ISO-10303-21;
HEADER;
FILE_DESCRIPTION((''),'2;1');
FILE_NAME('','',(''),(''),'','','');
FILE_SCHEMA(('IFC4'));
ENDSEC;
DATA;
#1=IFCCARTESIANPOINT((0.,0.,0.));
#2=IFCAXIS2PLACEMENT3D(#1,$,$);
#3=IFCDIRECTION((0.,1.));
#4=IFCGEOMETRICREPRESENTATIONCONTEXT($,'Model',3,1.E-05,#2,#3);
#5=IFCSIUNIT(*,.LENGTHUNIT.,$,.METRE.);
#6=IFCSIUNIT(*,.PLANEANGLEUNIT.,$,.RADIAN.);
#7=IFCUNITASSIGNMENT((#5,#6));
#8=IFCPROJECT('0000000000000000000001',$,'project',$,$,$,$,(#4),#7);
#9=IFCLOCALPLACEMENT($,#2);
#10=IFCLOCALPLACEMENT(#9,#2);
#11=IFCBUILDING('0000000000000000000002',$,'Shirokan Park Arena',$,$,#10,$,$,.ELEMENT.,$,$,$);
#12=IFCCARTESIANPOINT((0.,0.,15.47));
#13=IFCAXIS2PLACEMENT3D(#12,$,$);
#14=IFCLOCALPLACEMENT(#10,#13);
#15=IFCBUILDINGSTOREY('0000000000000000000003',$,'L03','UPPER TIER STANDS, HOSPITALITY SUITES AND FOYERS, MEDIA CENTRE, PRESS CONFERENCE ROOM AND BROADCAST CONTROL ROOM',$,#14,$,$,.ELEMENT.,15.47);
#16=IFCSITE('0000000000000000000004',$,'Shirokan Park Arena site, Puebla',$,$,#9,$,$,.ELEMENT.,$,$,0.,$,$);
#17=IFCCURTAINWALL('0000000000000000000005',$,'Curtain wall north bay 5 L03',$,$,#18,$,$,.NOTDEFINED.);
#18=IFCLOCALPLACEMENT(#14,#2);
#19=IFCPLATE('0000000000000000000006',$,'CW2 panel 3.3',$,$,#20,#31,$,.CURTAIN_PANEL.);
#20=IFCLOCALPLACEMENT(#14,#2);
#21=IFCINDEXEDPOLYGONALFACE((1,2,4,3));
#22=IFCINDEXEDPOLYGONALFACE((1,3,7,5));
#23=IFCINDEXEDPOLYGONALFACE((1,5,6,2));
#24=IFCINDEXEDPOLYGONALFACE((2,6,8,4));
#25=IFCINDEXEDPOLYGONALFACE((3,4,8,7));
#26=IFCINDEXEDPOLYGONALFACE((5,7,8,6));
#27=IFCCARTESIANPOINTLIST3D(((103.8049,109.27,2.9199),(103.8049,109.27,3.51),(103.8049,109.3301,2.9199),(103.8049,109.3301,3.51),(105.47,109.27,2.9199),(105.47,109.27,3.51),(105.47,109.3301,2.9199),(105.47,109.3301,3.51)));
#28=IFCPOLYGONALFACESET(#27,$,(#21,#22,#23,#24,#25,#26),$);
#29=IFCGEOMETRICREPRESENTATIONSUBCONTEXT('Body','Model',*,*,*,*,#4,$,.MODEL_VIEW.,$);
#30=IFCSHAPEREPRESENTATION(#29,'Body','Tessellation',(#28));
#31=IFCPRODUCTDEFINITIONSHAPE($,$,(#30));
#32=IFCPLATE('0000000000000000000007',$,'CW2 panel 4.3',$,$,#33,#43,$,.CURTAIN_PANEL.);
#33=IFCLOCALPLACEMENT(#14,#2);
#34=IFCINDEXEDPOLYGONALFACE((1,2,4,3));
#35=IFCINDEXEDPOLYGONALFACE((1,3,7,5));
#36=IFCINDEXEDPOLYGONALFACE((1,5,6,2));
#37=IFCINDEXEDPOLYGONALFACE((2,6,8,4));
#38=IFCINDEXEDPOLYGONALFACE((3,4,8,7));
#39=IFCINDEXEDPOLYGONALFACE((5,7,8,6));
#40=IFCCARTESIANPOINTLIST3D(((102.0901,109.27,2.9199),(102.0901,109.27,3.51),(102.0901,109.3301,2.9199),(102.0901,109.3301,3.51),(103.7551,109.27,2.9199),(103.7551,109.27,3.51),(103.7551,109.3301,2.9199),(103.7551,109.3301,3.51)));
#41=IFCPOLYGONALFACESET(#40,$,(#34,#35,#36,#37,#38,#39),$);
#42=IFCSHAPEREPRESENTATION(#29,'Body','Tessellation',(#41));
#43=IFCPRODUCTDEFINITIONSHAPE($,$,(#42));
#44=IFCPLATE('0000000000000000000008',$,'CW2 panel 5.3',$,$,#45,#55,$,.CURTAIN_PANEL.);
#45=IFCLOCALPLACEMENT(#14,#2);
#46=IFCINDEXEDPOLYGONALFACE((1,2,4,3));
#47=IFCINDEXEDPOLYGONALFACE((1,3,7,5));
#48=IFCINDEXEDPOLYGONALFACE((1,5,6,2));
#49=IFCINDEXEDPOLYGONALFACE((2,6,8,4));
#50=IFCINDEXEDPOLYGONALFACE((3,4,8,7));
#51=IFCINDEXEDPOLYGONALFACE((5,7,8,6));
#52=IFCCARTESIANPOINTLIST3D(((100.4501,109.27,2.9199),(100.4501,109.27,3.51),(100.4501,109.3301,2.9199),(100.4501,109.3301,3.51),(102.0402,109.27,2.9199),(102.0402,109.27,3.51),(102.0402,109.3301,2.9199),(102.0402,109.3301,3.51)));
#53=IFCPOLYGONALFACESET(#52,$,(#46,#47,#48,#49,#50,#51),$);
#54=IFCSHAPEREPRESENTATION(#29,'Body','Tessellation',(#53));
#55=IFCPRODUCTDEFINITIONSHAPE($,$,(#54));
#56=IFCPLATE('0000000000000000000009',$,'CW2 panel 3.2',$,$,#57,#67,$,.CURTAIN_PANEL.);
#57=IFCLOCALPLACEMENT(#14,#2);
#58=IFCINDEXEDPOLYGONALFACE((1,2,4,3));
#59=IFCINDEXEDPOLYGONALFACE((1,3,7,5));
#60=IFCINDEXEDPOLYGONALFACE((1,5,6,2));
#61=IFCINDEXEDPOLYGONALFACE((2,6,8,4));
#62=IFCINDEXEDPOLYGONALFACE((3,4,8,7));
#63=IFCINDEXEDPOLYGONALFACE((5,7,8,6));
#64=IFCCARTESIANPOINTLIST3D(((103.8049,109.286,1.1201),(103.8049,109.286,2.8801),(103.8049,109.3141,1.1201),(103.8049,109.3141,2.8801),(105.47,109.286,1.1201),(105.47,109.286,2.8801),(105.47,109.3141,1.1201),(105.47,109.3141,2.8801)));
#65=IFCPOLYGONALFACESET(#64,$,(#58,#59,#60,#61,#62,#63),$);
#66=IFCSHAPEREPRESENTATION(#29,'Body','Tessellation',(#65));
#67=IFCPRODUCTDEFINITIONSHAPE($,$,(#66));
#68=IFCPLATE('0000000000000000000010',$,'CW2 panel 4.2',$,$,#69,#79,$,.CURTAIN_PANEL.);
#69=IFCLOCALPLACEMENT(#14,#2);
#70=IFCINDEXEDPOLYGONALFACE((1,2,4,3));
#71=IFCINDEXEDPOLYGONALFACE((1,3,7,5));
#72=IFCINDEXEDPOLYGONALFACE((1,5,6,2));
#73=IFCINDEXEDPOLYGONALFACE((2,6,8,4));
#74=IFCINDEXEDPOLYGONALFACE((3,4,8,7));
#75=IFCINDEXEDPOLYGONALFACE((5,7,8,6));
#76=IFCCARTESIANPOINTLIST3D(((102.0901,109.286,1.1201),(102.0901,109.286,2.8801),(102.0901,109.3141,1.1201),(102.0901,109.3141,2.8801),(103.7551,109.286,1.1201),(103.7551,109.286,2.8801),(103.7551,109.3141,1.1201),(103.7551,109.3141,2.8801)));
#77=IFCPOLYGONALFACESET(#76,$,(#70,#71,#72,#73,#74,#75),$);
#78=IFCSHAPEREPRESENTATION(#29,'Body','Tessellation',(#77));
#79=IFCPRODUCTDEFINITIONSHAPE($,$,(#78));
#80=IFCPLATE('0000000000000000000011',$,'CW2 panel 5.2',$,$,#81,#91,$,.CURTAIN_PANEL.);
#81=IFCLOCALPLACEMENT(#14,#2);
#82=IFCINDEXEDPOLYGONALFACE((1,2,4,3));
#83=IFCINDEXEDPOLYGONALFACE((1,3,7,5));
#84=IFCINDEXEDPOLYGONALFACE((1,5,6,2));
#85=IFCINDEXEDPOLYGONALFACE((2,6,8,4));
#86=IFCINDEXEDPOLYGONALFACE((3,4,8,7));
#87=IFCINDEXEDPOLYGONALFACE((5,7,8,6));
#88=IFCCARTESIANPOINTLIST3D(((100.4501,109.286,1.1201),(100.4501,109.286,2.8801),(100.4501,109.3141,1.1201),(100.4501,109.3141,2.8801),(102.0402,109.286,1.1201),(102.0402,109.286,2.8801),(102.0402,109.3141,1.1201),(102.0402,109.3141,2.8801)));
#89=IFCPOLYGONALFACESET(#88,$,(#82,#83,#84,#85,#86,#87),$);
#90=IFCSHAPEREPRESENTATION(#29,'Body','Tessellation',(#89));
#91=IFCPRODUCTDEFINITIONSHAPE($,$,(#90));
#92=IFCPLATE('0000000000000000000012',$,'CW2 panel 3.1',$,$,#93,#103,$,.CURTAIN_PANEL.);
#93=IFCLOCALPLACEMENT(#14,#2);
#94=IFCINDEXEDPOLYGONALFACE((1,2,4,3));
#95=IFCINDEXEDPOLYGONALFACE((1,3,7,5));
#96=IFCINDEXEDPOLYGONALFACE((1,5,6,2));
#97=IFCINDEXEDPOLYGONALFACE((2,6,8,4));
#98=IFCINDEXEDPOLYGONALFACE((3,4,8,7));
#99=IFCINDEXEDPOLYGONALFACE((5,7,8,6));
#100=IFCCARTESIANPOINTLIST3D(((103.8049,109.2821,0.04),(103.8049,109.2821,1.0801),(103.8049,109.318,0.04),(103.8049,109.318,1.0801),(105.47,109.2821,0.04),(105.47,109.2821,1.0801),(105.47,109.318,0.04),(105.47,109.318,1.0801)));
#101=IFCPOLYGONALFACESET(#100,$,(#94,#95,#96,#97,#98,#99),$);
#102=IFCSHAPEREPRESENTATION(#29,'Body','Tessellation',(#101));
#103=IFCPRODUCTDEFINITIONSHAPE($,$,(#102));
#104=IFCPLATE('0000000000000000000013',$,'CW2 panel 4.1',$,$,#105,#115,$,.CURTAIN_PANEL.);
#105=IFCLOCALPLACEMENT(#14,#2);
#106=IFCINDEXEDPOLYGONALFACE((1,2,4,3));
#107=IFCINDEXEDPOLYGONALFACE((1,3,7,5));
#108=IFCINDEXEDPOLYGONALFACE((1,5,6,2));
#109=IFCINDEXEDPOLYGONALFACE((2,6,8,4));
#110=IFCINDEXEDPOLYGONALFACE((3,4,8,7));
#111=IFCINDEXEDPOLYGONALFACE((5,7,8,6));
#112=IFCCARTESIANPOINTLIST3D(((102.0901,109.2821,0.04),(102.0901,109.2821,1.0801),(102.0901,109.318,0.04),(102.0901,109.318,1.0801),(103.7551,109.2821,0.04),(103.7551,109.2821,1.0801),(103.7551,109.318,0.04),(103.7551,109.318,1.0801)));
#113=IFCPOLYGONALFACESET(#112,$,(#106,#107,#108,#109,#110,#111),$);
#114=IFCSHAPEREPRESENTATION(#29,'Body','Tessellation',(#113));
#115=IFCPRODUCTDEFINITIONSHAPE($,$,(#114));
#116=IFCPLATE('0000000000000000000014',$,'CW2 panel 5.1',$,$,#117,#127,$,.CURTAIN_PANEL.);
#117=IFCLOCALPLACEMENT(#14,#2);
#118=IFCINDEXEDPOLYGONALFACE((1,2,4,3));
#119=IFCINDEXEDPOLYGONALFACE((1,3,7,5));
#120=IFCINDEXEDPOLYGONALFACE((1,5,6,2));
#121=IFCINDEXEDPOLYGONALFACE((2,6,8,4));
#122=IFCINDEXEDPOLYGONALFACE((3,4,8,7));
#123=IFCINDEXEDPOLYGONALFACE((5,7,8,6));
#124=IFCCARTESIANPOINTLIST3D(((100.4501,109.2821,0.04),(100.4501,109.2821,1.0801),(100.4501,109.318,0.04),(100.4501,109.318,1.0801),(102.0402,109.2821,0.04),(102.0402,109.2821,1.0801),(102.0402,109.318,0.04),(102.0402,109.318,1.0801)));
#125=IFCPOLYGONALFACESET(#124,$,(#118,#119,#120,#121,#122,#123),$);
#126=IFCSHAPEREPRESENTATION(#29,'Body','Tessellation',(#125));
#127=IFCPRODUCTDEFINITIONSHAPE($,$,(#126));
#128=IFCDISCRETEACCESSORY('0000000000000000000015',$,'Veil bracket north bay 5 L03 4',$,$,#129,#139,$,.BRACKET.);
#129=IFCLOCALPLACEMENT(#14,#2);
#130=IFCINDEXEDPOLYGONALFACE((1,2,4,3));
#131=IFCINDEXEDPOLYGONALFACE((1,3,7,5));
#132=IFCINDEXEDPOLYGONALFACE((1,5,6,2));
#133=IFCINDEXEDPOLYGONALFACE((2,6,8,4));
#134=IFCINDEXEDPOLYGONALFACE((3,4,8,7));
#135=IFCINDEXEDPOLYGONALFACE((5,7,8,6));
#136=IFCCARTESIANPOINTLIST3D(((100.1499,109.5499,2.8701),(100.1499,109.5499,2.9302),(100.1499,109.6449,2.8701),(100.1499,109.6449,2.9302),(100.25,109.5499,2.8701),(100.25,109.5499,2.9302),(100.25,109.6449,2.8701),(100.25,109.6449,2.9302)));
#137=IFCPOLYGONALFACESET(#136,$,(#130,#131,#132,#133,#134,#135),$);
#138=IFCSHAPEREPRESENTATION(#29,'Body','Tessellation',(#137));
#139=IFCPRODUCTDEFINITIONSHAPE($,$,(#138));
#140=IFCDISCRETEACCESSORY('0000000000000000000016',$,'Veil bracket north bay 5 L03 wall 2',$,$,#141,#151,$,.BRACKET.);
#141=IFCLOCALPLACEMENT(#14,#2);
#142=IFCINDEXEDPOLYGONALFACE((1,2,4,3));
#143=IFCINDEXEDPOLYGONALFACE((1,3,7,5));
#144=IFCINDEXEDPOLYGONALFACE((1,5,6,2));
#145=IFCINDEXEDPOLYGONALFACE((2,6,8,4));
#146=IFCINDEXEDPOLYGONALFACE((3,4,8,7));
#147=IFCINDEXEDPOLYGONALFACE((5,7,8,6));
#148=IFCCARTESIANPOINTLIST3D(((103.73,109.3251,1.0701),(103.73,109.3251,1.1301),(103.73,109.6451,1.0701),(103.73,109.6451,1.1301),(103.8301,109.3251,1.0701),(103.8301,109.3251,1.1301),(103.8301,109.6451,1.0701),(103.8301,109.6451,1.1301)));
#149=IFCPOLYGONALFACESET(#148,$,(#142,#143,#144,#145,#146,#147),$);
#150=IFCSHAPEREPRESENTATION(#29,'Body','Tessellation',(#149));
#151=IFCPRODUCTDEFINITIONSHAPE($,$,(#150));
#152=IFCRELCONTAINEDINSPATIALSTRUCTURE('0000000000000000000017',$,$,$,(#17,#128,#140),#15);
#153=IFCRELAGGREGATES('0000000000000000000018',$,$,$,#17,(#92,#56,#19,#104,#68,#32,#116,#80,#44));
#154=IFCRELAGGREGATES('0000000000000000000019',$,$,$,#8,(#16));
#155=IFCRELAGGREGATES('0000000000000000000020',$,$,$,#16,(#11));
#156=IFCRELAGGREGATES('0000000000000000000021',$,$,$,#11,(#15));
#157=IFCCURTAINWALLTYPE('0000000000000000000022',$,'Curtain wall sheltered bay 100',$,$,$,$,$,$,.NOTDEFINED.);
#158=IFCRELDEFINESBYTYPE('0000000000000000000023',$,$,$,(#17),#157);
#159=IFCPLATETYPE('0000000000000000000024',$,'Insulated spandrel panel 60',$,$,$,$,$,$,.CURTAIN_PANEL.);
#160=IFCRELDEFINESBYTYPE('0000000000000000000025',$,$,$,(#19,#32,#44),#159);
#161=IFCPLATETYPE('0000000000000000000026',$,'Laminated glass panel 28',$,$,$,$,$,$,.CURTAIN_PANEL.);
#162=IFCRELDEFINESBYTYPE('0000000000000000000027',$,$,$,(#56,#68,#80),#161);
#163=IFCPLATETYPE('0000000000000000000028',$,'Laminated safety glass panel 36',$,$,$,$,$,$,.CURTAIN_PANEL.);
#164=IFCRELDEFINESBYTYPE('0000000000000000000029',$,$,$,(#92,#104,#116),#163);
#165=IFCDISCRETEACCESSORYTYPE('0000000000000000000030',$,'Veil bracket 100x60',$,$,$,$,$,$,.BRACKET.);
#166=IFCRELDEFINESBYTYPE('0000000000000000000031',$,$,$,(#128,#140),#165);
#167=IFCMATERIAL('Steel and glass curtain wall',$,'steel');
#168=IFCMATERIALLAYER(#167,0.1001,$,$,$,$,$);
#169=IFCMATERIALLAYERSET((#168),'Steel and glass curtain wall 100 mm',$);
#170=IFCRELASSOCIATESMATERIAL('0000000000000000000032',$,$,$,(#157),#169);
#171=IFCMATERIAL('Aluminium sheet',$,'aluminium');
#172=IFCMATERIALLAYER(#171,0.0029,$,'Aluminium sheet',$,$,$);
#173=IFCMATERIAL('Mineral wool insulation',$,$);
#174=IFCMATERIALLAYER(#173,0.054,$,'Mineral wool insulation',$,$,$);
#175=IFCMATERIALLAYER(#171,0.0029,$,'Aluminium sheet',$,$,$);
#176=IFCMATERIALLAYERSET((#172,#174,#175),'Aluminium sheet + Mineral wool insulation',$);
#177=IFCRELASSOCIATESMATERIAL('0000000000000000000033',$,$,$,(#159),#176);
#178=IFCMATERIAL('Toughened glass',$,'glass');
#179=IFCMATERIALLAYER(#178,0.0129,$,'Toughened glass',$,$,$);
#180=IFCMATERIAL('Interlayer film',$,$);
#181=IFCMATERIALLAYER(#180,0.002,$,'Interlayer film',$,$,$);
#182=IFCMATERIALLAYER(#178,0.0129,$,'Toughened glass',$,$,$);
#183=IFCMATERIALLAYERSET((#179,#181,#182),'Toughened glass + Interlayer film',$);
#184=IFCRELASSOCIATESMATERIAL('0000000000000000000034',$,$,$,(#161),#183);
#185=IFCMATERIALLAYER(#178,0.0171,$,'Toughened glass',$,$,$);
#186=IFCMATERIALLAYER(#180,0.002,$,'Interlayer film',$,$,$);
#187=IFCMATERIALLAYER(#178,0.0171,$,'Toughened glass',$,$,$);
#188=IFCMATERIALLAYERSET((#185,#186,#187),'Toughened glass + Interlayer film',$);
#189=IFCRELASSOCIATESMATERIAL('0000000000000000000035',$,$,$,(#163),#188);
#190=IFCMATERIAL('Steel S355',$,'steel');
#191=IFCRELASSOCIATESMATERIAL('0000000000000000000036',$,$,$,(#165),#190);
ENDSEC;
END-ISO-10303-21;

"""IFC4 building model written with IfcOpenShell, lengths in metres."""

from ifc_helpers import new_model, si_unit, direction, frame, origin, origin_2d, place, context, subcontext, project, spatial, rectangle, extrude, material, layer, layer_set, type_object, element, aggregate, save


model = new_model("IFC4")

# Units and contexts
model_context = context("Model", 3, precision=1e-05, world=origin(), true_north=direction((0.0, 1.0)))
body_context = subcontext(model_context, "Body", "Model", "MODEL_VIEW")
ifc_project = project(units=[si_unit("LENGTHUNIT", "METRE"), si_unit("PLANEANGLEUNIT", "RADIAN")], contexts=[model_context])

# Site, building, storey
site_placement = place(None, origin())
site = spatial("IfcSite", under=ifc_project, at=site_placement, Name="Shirokan Park Arena site, Puebla", CompositionType="ELEMENT", RefElevation=0.0)
building_placement = place(site_placement, origin())
building = spatial("IfcBuilding", under=site, at=building_placement, Name="Shirokan Park Arena", CompositionType="ELEMENT")
storey_placement = place(building_placement, frame((0.0, 0.0, 15.47)))
storey = spatial("IfcBuildingStorey", under=building, at=storey_placement, Name="L03", Description="UPPER TIER STANDS, HOSPITALITY SUITES AND FOYERS, MEDIA CENTRE, PRESS CONFERENCE ROOM AND BROADCAST CONTROL ROOM", CompositionType="ELEMENT", Elevation=15.47)

# Curtain wall, plates
ifc_material_1 = material(Name="Steel and glass curtain wall", Category="steel")
ifc_layer_1 = layer(ifc_material_1, 0.1001)
ifc_layer_set_1 = layer_set([ifc_layer_1], Name="Steel and glass curtain wall 100 mm")
curtain_wall_type = type_object("IfcCurtainWallType", Name="Curtain wall sheltered bay 100", PredefinedType="NOTDEFINED", material=ifc_layer_set_1)
curtain_wall_placement = place(storey_placement, origin())
curtain_wall = element("IfcCurtainWall", 1, at=curtain_wall_placement, inside=storey, type_object=curtain_wall_type, Name="Curtain wall north bay 5 L03", PredefinedType="NOTDEFINED")
ifc_material_2 = material(Name="Steel S355", Category="steel")
ifc_material_3 = material(Name="Aluminium sheet", Category="aluminium")
ifc_layer_2 = layer(ifc_material_3, 0.0029, Name="Aluminium sheet")
ifc_material_4 = material(Name="Mineral wool insulation")
ifc_layer_3 = layer(ifc_material_4, 0.054, Name="Mineral wool insulation")
ifc_layer_4 = layer(ifc_material_3, 0.0029, Name="Aluminium sheet")
ifc_layer_set_2 = layer_set([ifc_layer_2, ifc_layer_3, ifc_layer_4], Name="Aluminium sheet + Mineral wool insulation")
plate_type_1 = type_object("IfcPlateType", Name="Insulated spandrel panel 60", PredefinedType="CURTAIN_PANEL", material=ifc_layer_set_2)
plate_1_placement = place(storey_placement, frame((104.6375, 109.3, 2.9199), z_axis=(0.0, 0.0, 1.0), x_axis=(-1.0, 0.0, 0.0)))
plate_1 = element("IfcPlate", 2, at=plate_1_placement, type_object=plate_type_1, Name="CW2 panel 3.3", PredefinedType="CURTAIN_PANEL", context=body_context, shape_type="SweptSolid", body=[
    extrude(rectangle(XDim=1.665, YDim=0.0601, at=origin_2d()), origin(), (0.0, 0.0, 1.0), 0.5901),
])
plate_2_placement = place(storey_placement, frame((102.9226, 109.3, 2.9199), z_axis=(0.0, 0.0, 1.0), x_axis=(-1.0, 0.0, 0.0)))
plate_2 = element("IfcPlate", 3, at=plate_2_placement, type_object=plate_type_1, Name="CW2 panel 4.3", PredefinedType="CURTAIN_PANEL", context=body_context, shape_type="SweptSolid", body=[
    extrude(rectangle(XDim=1.665, YDim=0.0601, at=origin_2d()), origin(), (0.0, 0.0, 1.0), 0.5901),
])
plate_3_placement = place(storey_placement, frame((101.2451, 109.3, 2.9199), z_axis=(0.0, 0.0, 1.0), x_axis=(-1.0, 0.0, 0.0)))
plate_3 = element("IfcPlate", 4, at=plate_3_placement, type_object=plate_type_1, Name="CW2 panel 5.3", PredefinedType="CURTAIN_PANEL", context=body_context, shape_type="SweptSolid", body=[
    extrude(rectangle(XDim=1.5901, YDim=0.0601, at=origin_2d()), origin(), (0.0, 0.0, 1.0), 0.5901),
])
ifc_material_5 = material(Name="Toughened glass", Category="glass")
ifc_layer_5 = layer(ifc_material_5, 0.0129, Name="Toughened glass")
ifc_material_6 = material(Name="Interlayer film")
ifc_layer_6 = layer(ifc_material_6, 0.002, Name="Interlayer film")
ifc_layer_7 = layer(ifc_material_5, 0.0129, Name="Toughened glass")
ifc_layer_set_3 = layer_set([ifc_layer_5, ifc_layer_6, ifc_layer_7], Name="Toughened glass + Interlayer film")
plate_type_2 = type_object("IfcPlateType", Name="Laminated glass panel 28", PredefinedType="CURTAIN_PANEL", material=ifc_layer_set_3)
plate_4_placement = place(storey_placement, frame((104.6375, 109.3, 1.1201), z_axis=(0.0, 0.0, 1.0), x_axis=(-1.0, 0.0, 0.0)))
plate_4 = element("IfcPlate", 5, at=plate_4_placement, type_object=plate_type_2, Name="CW2 panel 3.2", PredefinedType="CURTAIN_PANEL", context=body_context, shape_type="SweptSolid", body=[
    extrude(rectangle(XDim=1.665, YDim=0.0281, at=origin_2d()), origin(), (0.0, 0.0, 1.0), 1.76),
])
plate_5_placement = place(storey_placement, frame((102.9226, 109.3, 1.1201), z_axis=(0.0, 0.0, 1.0), x_axis=(-1.0, 0.0, 0.0)))
plate_5 = element("IfcPlate", 6, at=plate_5_placement, type_object=plate_type_2, Name="CW2 panel 4.2", PredefinedType="CURTAIN_PANEL", context=body_context, shape_type="SweptSolid", body=[
    extrude(rectangle(XDim=1.665, YDim=0.0281, at=origin_2d()), origin(), (0.0, 0.0, 1.0), 1.76),
])
plate_6_placement = place(storey_placement, frame((101.2451, 109.3, 1.1201), z_axis=(0.0, 0.0, 1.0), x_axis=(-1.0, 0.0, 0.0)))
plate_6 = element("IfcPlate", 7, at=plate_6_placement, type_object=plate_type_2, Name="CW2 panel 5.2", PredefinedType="CURTAIN_PANEL", context=body_context, shape_type="SweptSolid", body=[
    extrude(rectangle(XDim=1.5901, YDim=0.0281, at=origin_2d()), origin(), (0.0, 0.0, 1.0), 1.76),
])
ifc_layer_8 = layer(ifc_material_5, 0.0171, Name="Toughened glass")
ifc_layer_9 = layer(ifc_material_6, 0.002, Name="Interlayer film")
ifc_layer_10 = layer(ifc_material_5, 0.0171, Name="Toughened glass")
ifc_layer_set_4 = layer_set([ifc_layer_8, ifc_layer_9, ifc_layer_10], Name="Toughened glass + Interlayer film")
plate_type_3 = type_object("IfcPlateType", Name="Laminated safety glass panel 36", PredefinedType="CURTAIN_PANEL", material=ifc_layer_set_4)
plate_7_placement = place(storey_placement, frame((104.6375, 109.3, 0.04), z_axis=(0.0, 0.0, 1.0), x_axis=(-1.0, 0.0, 0.0)))
plate_7 = element("IfcPlate", 8, at=plate_7_placement, type_object=plate_type_3, Name="CW2 panel 3.1", PredefinedType="CURTAIN_PANEL", context=body_context, shape_type="SweptSolid", body=[
    extrude(rectangle(XDim=1.665, YDim=0.0359, at=origin_2d()), origin(), (0.0, 0.0, 1.0), 1.04),
])
plate_8_placement = place(storey_placement, frame((102.9226, 109.3, 0.04), z_axis=(0.0, 0.0, 1.0), x_axis=(-1.0, 0.0, 0.0)))
plate_8 = element("IfcPlate", 9, at=plate_8_placement, type_object=plate_type_3, Name="CW2 panel 4.1", PredefinedType="CURTAIN_PANEL", context=body_context, shape_type="SweptSolid", body=[
    extrude(rectangle(XDim=1.665, YDim=0.0359, at=origin_2d()), origin(), (0.0, 0.0, 1.0), 1.04),
])
plate_9_placement = place(storey_placement, frame((101.2451, 109.3, 0.04), z_axis=(0.0, 0.0, 1.0), x_axis=(-1.0, 0.0, 0.0)))
plate_9 = element("IfcPlate", 10, at=plate_9_placement, type_object=plate_type_3, Name="CW2 panel 5.1", PredefinedType="CURTAIN_PANEL", context=body_context, shape_type="SweptSolid", body=[
    extrude(rectangle(XDim=1.5901, YDim=0.0359, at=origin_2d()), origin(), (0.0, 0.0, 1.0), 1.04),
])
aggregate(curtain_wall, [plate_7, plate_4, plate_1, plate_8, plate_5, plate_2, plate_9, plate_6, plate_3])

# Discrete accessories
discrete_accessory_type = type_object("IfcDiscreteAccessoryType", Name="Veil bracket 100x60", PredefinedType="BRACKET", material=ifc_material_2)
discrete_accessory_1_placement = place(storey_placement, frame((100.2, 109.5974, 2.8701), z_axis=(0.0, 0.0, 1.0), x_axis=(-1.0, 0.0, 0.0)))
element("IfcDiscreteAccessory", 11, at=discrete_accessory_1_placement, inside=storey, type_object=discrete_accessory_type, Name="Veil bracket north bay 5 L03 4", PredefinedType="BRACKET", context=body_context, shape_type="SweptSolid", body=[
    extrude(rectangle(XDim=0.1001, YDim=0.095, at=origin_2d()), origin(), (0.0, 0.0, 1.0), 0.0601),
])
discrete_accessory_2_placement = place(storey_placement, frame((103.78, 109.4851, 1.0701), z_axis=(0.0, 0.0, 1.0), x_axis=(-1.0, 0.0, 0.0)))
element("IfcDiscreteAccessory", 12, at=discrete_accessory_2_placement, inside=storey, type_object=discrete_accessory_type, Name="Veil bracket north bay 5 L03 wall 2", PredefinedType="BRACKET", context=body_context, shape_type="SweptSolid", body=[
    extrude(rectangle(XDim=0.1001, YDim=0.3201, at=origin_2d()), origin(), (0.0, 0.0, 1.0), 0.0601),
])

save(model, "model.ifc")
